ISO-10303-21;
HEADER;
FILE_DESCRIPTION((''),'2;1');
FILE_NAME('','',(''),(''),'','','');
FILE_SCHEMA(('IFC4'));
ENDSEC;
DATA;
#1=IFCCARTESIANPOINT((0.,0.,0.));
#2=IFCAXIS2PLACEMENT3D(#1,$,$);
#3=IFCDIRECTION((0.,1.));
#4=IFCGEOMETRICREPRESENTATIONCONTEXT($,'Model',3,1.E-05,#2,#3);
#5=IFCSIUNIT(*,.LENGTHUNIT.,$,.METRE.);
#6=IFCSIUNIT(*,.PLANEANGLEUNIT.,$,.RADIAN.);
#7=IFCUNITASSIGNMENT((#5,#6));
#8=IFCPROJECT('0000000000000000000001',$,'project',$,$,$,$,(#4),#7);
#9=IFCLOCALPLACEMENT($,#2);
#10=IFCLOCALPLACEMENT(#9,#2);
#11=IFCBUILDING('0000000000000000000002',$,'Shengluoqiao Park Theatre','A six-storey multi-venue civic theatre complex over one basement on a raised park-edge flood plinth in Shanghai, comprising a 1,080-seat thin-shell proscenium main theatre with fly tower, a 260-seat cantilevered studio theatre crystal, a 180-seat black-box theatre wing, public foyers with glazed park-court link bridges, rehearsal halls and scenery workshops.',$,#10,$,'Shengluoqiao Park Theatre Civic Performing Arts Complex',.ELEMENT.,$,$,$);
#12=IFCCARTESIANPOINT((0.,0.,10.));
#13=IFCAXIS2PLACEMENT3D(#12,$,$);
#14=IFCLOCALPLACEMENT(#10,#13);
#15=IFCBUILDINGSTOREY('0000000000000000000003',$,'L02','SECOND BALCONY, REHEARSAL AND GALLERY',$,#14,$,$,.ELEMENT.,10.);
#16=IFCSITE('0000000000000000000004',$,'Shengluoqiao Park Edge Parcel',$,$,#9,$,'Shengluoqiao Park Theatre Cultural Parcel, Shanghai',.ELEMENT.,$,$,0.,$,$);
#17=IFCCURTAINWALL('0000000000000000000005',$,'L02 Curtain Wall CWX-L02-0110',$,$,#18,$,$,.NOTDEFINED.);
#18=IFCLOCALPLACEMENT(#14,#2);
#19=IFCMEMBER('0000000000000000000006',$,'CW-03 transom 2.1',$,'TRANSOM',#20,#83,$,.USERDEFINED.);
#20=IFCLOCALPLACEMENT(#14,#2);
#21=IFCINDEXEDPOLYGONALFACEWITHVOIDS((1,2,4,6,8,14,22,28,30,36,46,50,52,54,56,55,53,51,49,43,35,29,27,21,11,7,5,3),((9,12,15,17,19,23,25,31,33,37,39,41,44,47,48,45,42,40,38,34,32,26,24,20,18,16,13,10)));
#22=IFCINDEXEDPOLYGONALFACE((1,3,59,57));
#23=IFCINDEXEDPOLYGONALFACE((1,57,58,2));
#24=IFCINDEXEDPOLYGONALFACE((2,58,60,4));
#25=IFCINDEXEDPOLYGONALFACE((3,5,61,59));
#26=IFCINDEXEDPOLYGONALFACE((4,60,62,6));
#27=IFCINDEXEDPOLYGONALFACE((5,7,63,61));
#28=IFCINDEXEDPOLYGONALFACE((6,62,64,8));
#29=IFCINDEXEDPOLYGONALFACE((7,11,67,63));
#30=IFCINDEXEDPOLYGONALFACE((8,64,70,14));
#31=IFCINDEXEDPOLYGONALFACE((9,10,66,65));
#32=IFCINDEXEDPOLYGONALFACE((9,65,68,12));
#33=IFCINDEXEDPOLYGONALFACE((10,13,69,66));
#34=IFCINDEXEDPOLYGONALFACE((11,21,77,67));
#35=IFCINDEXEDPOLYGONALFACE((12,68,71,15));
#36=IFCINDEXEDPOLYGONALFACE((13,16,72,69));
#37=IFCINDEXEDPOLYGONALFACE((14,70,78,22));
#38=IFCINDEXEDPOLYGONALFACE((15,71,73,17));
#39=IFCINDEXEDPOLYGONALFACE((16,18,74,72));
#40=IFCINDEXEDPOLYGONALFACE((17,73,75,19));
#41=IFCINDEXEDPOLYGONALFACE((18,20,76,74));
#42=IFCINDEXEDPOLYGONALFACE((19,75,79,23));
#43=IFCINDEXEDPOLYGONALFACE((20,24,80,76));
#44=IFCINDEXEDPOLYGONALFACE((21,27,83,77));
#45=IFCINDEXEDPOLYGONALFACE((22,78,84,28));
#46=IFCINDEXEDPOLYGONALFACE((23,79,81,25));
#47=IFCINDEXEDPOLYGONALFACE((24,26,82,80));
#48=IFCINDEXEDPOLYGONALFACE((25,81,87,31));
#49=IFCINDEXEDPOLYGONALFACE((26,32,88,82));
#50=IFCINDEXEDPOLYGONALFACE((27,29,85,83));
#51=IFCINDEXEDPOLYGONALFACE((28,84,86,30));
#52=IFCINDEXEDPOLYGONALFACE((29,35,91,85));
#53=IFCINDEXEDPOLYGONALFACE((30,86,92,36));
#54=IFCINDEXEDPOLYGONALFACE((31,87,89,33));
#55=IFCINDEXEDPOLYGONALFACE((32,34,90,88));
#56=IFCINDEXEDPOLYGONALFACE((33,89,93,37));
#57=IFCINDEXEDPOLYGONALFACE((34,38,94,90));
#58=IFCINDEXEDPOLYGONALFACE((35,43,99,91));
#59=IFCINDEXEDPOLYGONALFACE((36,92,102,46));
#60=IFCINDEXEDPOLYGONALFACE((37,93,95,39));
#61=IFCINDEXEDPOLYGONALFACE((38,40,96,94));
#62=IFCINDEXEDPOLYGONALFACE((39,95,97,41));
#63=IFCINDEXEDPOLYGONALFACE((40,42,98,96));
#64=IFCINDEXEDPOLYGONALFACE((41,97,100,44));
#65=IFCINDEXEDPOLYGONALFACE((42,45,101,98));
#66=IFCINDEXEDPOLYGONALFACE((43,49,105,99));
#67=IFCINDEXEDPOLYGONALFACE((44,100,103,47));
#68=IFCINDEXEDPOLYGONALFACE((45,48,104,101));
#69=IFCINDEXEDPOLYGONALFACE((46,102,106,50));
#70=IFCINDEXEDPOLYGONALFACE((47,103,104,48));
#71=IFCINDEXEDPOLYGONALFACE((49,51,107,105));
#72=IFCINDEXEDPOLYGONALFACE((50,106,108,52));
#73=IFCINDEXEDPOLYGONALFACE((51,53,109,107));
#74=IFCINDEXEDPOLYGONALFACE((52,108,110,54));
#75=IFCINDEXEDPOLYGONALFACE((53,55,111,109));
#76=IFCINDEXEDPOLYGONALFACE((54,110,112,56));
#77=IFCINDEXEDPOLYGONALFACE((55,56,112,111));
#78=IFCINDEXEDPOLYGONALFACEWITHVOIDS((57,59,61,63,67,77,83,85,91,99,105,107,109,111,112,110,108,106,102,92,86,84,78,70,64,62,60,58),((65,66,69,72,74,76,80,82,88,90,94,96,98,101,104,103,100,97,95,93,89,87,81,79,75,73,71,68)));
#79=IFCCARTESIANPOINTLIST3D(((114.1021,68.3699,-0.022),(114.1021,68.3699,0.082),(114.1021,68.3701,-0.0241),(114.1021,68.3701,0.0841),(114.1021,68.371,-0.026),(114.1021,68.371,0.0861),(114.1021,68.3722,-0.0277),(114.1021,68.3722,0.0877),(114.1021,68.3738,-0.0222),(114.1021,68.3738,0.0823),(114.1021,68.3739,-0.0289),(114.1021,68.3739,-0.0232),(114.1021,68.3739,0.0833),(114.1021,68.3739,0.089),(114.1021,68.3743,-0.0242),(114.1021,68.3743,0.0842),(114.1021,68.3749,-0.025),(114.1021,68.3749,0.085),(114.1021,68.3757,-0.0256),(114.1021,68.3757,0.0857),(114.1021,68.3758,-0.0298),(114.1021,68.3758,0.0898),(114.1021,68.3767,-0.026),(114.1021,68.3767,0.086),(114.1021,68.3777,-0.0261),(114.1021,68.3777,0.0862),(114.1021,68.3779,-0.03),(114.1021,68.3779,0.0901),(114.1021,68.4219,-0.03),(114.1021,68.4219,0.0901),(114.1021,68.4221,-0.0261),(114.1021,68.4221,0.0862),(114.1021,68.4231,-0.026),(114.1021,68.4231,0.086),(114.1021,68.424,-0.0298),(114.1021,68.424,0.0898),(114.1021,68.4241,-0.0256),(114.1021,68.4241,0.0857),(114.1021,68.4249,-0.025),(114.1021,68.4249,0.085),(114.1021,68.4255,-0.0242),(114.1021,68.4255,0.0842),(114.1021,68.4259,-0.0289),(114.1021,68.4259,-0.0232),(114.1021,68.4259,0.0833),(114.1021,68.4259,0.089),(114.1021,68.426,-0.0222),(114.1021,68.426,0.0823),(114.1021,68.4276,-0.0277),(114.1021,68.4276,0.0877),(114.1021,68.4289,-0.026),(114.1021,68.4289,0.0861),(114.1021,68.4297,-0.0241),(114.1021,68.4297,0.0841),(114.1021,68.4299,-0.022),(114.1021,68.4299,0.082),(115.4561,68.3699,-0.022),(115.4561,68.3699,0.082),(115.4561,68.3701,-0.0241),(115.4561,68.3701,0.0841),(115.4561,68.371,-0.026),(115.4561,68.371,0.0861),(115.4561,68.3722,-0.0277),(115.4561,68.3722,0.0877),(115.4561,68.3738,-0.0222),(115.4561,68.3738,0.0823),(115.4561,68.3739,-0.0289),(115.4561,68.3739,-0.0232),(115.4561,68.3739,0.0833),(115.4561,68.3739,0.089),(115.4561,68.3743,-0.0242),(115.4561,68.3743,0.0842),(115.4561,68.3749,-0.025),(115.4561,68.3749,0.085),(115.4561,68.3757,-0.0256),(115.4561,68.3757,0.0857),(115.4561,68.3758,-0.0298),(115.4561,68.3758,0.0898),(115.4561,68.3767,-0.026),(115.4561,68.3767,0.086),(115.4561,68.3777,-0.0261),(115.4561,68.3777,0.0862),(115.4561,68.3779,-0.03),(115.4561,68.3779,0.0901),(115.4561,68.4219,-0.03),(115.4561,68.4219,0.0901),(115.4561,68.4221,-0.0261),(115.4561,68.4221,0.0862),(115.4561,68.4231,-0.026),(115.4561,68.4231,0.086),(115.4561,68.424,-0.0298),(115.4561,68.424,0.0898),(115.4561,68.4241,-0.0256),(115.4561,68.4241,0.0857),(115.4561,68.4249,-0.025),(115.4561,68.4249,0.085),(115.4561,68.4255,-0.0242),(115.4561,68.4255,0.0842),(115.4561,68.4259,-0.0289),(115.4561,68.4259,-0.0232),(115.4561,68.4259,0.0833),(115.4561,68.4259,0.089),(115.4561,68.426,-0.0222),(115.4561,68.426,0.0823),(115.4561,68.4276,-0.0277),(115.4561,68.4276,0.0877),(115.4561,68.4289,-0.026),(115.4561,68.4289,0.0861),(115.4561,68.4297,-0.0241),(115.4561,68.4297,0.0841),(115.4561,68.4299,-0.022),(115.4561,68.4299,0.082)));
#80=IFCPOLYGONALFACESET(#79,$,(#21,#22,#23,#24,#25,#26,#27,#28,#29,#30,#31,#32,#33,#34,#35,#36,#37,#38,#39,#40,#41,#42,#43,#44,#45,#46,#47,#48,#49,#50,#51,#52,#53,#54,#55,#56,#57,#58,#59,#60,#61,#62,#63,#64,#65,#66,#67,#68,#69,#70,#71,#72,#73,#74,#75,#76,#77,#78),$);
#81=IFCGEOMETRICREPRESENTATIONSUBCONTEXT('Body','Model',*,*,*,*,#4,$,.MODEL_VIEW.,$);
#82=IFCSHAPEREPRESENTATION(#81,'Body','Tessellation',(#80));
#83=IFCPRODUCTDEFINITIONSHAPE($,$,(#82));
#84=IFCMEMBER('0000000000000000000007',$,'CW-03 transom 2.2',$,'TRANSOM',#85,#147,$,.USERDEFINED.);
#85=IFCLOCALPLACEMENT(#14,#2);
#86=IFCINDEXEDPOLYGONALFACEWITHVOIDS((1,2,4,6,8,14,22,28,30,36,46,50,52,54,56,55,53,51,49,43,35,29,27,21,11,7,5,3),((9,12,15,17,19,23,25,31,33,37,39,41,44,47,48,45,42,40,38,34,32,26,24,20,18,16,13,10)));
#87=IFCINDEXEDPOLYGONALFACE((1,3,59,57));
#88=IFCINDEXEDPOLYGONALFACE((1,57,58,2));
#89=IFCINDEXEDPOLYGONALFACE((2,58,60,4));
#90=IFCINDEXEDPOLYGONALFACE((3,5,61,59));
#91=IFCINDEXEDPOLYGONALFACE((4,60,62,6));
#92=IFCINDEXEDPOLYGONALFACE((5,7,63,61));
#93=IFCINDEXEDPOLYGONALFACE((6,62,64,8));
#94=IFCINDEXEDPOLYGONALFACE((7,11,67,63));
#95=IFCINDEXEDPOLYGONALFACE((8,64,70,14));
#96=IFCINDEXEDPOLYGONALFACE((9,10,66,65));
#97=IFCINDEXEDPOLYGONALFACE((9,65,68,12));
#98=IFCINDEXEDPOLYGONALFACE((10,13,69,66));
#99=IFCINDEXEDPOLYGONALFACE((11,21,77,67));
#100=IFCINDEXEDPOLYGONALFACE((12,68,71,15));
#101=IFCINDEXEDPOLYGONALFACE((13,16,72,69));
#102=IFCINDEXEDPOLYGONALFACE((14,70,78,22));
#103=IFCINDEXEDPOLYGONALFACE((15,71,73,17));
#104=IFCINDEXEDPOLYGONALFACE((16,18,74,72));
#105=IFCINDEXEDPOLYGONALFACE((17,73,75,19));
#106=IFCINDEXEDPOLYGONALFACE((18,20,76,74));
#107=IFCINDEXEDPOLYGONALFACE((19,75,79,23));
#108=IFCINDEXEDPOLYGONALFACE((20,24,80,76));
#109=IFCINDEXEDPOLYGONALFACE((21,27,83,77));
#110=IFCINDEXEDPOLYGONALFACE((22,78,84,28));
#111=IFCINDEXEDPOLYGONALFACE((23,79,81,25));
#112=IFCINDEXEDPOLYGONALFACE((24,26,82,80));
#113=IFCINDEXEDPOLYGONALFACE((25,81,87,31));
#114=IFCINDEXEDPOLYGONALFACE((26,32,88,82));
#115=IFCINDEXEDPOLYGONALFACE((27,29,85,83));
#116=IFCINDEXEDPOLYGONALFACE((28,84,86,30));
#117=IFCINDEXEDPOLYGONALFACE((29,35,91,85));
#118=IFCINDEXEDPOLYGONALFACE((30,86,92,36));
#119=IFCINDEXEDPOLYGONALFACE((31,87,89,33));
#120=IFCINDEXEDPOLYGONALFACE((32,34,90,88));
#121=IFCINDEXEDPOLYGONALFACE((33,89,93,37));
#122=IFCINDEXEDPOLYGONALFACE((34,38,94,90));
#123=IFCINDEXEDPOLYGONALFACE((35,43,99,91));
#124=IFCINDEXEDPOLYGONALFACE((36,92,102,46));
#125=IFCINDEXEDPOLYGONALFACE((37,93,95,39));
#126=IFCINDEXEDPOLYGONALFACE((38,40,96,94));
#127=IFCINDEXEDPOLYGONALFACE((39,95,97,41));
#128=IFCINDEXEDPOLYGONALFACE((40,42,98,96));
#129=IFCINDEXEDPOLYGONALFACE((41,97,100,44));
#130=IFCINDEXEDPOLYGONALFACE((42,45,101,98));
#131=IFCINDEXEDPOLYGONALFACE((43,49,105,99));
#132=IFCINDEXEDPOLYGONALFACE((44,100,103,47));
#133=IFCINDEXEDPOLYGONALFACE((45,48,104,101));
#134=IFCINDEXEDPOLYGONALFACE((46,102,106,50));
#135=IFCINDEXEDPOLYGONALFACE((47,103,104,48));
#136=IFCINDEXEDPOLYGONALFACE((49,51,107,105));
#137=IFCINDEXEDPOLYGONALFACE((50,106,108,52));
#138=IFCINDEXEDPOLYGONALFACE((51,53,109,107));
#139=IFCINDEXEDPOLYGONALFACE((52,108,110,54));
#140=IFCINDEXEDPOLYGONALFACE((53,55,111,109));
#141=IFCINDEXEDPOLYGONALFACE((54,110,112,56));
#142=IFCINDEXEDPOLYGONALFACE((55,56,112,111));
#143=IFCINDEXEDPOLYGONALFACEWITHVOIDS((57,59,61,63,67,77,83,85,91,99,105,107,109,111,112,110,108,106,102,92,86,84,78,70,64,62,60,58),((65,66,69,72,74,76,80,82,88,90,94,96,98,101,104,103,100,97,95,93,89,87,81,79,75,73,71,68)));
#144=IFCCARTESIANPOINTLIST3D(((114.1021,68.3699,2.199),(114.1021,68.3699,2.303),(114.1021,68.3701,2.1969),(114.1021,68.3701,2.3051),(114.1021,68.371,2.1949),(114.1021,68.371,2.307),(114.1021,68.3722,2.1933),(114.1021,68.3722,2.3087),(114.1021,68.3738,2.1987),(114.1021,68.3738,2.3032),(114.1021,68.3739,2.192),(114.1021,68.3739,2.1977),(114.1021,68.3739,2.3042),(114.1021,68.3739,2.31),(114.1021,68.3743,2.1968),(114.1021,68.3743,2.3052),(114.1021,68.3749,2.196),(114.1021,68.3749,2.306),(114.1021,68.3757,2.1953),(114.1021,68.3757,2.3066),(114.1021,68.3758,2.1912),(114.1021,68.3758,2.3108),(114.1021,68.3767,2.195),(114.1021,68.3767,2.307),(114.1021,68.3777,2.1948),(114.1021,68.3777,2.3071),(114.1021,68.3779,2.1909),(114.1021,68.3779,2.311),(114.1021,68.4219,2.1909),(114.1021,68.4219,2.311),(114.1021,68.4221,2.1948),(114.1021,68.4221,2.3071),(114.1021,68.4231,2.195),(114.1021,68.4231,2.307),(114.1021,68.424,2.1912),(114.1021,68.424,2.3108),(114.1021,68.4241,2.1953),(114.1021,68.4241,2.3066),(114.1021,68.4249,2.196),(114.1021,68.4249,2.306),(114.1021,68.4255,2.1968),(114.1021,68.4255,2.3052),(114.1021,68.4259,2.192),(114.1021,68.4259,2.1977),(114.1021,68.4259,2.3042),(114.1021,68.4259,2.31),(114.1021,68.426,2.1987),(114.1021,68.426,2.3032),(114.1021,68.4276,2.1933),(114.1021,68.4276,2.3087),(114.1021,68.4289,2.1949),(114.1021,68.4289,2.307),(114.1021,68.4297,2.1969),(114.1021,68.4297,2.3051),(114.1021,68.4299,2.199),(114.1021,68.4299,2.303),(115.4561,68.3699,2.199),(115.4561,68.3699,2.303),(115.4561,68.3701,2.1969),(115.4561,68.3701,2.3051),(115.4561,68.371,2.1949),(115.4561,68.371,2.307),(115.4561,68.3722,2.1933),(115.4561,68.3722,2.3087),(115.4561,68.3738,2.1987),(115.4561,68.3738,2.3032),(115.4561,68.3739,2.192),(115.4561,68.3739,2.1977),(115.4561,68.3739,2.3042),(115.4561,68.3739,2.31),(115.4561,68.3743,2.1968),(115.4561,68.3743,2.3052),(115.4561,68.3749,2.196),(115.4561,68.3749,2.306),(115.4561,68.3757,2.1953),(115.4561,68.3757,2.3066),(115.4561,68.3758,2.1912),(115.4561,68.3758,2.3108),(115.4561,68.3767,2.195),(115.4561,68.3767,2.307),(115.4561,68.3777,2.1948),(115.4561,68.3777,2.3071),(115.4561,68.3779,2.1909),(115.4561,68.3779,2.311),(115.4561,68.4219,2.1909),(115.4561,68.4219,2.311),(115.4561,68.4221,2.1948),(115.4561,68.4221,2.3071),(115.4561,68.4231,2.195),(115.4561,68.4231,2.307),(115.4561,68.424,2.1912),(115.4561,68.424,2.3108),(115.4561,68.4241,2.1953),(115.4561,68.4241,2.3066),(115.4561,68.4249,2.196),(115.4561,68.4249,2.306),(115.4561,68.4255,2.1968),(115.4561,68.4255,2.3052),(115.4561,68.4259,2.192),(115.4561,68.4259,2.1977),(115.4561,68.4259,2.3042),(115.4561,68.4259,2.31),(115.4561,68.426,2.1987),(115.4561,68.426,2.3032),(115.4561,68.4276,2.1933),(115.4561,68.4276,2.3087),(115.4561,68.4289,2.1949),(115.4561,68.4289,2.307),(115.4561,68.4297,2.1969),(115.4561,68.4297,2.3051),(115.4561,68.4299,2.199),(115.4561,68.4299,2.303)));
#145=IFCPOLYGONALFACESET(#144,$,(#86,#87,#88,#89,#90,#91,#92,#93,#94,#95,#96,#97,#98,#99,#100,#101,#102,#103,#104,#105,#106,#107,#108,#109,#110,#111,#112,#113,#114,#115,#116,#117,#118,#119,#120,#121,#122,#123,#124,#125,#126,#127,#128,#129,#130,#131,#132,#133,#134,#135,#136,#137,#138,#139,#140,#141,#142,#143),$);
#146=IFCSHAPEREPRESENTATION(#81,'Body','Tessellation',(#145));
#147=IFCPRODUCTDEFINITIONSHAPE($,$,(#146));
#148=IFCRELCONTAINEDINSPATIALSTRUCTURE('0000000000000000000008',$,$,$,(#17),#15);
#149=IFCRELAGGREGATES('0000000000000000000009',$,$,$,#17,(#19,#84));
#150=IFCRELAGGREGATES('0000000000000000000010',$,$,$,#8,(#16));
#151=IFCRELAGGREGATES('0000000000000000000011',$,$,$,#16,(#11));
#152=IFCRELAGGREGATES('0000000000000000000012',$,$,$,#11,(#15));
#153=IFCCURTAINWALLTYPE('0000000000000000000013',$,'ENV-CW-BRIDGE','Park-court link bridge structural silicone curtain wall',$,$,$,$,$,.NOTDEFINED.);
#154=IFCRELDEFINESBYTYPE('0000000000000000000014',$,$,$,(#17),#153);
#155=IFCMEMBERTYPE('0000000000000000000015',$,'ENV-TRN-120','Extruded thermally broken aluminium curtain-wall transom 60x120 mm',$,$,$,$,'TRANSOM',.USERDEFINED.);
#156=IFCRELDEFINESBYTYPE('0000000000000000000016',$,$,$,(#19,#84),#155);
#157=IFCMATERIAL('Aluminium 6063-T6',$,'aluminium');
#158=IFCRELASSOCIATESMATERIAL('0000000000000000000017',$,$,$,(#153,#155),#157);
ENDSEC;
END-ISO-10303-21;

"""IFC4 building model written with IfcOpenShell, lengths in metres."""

from ifc_helpers import new_model, si_unit, direction, frame, origin, origin_2d, place, context, subcontext, project, spatial, hollow_rectangle, extrude, material, material_profile, profile_set, type_object, element, aggregate, save


model = new_model("IFC4")

# Units and contexts
model_context = context("Model", 3, precision=1e-05, world=origin(), true_north=direction((0.0, 1.0)))
body_context = subcontext(model_context, "Body", "Model", "MODEL_VIEW")
ifc_project = project(units=[si_unit("LENGTHUNIT", "METRE"), si_unit("PLANEANGLEUNIT", "RADIAN")], contexts=[model_context])

# Site, building, storey
site_placement = place(None, origin())
site = spatial("IfcSite", under=ifc_project, at=site_placement, Name="Shengluoqiao Park Edge Parcel", LongName="Shengluoqiao Park Theatre Cultural Parcel, Shanghai", CompositionType="ELEMENT", RefElevation=0.0)
building_placement = place(site_placement, origin())
building = spatial("IfcBuilding", under=site, at=building_placement, Name="Shengluoqiao Park Theatre", Description="A six-storey multi-venue civic theatre complex over one basement on a raised park-edge flood plinth in Shanghai, comprising a 1,080-seat thin-shell proscenium main theatre with fly tower, a 260-seat cantilevered studio theatre crystal, a 180-seat black-box theatre wing, public foyers with glazed park-court link bridges, rehearsal halls and scenery workshops.", LongName="Shengluoqiao Park Theatre Civic Performing Arts Complex", CompositionType="ELEMENT")
storey_placement = place(building_placement, frame((0.0, 0.0, 10.0)))
storey = spatial("IfcBuildingStorey", under=building, at=storey_placement, Name="L02", Description="SECOND BALCONY, REHEARSAL AND GALLERY", CompositionType="ELEMENT", Elevation=10.0)

# Curtain wall, members
ifc_material_1 = material(Name="Aluminium 6063-T6", Category="aluminium")
curtain_wall_type = type_object("IfcCurtainWallType", Name="ENV-CW-BRIDGE", Description="Park-court link bridge structural silicone curtain wall", PredefinedType="NOTDEFINED", material=ifc_material_1)
curtain_wall_placement = place(storey_placement, origin())
curtain_wall = element("IfcCurtainWall", 1, at=curtain_wall_placement, inside=storey, type_object=curtain_wall_type, Name="L02 Curtain Wall CWX-L02-0110", PredefinedType="NOTDEFINED")
ifc_material_profile_1 = material_profile(ifc_material_1, hollow_rectangle(XDim=0.0601, YDim=0.1201, WallThickness=0.0039, InnerFilletRadius=0.0039, OuterFilletRadius=0.0081, at=origin_2d()), Name="ALU TRANSOM 120x60x4")
ifc_profile_set_1 = profile_set([ifc_material_profile_1], Name="Aluminium 6063-T6")
member_type_1 = type_object("IfcMemberType", Name="ENV-TRN-120", Description="Extruded thermally broken aluminium curtain-wall transom 60x120 mm", ElementType="TRANSOM", PredefinedType="USERDEFINED", material=ifc_profile_set_1)
member_1_placement = place(storey_placement, frame((114.1021, 68.3999, 0.03), z_axis=(1.0, 0.0, 0.0), x_axis=(0.0, 1.0, 0.0)))
member_1 = element("IfcMember", 2, at=member_1_placement, type_object=member_type_1, Name="CW-03 transom 2.1", ObjectType="TRANSOM", PredefinedType="USERDEFINED", context=body_context, shape_type="SweptSolid", body=[
    extrude(hollow_rectangle(XDim=0.0601, YDim=0.1201, WallThickness=0.0039, InnerFilletRadius=0.0039, OuterFilletRadius=0.0081, at=origin_2d()), origin(), (0.0, 0.0, 1.0), 1.354),
])
member_2_placement = place(storey_placement, frame((114.1021, 68.3999, 2.251), z_axis=(1.0, 0.0, 0.0), x_axis=(0.0, 1.0, 0.0)))
member_2 = element("IfcMember", 3, at=member_2_placement, type_object=member_type_1, Name="CW-03 transom 2.2", ObjectType="TRANSOM", PredefinedType="USERDEFINED", context=body_context, shape_type="SweptSolid", body=[
    extrude(hollow_rectangle(XDim=0.0601, YDim=0.1201, WallThickness=0.0039, InnerFilletRadius=0.0039, OuterFilletRadius=0.0081, at=origin_2d()), origin(), (0.0, 0.0, 1.0), 1.354),
])

aggregate(curtain_wall, [member_1, member_2])

save(model, "model.ifc")
